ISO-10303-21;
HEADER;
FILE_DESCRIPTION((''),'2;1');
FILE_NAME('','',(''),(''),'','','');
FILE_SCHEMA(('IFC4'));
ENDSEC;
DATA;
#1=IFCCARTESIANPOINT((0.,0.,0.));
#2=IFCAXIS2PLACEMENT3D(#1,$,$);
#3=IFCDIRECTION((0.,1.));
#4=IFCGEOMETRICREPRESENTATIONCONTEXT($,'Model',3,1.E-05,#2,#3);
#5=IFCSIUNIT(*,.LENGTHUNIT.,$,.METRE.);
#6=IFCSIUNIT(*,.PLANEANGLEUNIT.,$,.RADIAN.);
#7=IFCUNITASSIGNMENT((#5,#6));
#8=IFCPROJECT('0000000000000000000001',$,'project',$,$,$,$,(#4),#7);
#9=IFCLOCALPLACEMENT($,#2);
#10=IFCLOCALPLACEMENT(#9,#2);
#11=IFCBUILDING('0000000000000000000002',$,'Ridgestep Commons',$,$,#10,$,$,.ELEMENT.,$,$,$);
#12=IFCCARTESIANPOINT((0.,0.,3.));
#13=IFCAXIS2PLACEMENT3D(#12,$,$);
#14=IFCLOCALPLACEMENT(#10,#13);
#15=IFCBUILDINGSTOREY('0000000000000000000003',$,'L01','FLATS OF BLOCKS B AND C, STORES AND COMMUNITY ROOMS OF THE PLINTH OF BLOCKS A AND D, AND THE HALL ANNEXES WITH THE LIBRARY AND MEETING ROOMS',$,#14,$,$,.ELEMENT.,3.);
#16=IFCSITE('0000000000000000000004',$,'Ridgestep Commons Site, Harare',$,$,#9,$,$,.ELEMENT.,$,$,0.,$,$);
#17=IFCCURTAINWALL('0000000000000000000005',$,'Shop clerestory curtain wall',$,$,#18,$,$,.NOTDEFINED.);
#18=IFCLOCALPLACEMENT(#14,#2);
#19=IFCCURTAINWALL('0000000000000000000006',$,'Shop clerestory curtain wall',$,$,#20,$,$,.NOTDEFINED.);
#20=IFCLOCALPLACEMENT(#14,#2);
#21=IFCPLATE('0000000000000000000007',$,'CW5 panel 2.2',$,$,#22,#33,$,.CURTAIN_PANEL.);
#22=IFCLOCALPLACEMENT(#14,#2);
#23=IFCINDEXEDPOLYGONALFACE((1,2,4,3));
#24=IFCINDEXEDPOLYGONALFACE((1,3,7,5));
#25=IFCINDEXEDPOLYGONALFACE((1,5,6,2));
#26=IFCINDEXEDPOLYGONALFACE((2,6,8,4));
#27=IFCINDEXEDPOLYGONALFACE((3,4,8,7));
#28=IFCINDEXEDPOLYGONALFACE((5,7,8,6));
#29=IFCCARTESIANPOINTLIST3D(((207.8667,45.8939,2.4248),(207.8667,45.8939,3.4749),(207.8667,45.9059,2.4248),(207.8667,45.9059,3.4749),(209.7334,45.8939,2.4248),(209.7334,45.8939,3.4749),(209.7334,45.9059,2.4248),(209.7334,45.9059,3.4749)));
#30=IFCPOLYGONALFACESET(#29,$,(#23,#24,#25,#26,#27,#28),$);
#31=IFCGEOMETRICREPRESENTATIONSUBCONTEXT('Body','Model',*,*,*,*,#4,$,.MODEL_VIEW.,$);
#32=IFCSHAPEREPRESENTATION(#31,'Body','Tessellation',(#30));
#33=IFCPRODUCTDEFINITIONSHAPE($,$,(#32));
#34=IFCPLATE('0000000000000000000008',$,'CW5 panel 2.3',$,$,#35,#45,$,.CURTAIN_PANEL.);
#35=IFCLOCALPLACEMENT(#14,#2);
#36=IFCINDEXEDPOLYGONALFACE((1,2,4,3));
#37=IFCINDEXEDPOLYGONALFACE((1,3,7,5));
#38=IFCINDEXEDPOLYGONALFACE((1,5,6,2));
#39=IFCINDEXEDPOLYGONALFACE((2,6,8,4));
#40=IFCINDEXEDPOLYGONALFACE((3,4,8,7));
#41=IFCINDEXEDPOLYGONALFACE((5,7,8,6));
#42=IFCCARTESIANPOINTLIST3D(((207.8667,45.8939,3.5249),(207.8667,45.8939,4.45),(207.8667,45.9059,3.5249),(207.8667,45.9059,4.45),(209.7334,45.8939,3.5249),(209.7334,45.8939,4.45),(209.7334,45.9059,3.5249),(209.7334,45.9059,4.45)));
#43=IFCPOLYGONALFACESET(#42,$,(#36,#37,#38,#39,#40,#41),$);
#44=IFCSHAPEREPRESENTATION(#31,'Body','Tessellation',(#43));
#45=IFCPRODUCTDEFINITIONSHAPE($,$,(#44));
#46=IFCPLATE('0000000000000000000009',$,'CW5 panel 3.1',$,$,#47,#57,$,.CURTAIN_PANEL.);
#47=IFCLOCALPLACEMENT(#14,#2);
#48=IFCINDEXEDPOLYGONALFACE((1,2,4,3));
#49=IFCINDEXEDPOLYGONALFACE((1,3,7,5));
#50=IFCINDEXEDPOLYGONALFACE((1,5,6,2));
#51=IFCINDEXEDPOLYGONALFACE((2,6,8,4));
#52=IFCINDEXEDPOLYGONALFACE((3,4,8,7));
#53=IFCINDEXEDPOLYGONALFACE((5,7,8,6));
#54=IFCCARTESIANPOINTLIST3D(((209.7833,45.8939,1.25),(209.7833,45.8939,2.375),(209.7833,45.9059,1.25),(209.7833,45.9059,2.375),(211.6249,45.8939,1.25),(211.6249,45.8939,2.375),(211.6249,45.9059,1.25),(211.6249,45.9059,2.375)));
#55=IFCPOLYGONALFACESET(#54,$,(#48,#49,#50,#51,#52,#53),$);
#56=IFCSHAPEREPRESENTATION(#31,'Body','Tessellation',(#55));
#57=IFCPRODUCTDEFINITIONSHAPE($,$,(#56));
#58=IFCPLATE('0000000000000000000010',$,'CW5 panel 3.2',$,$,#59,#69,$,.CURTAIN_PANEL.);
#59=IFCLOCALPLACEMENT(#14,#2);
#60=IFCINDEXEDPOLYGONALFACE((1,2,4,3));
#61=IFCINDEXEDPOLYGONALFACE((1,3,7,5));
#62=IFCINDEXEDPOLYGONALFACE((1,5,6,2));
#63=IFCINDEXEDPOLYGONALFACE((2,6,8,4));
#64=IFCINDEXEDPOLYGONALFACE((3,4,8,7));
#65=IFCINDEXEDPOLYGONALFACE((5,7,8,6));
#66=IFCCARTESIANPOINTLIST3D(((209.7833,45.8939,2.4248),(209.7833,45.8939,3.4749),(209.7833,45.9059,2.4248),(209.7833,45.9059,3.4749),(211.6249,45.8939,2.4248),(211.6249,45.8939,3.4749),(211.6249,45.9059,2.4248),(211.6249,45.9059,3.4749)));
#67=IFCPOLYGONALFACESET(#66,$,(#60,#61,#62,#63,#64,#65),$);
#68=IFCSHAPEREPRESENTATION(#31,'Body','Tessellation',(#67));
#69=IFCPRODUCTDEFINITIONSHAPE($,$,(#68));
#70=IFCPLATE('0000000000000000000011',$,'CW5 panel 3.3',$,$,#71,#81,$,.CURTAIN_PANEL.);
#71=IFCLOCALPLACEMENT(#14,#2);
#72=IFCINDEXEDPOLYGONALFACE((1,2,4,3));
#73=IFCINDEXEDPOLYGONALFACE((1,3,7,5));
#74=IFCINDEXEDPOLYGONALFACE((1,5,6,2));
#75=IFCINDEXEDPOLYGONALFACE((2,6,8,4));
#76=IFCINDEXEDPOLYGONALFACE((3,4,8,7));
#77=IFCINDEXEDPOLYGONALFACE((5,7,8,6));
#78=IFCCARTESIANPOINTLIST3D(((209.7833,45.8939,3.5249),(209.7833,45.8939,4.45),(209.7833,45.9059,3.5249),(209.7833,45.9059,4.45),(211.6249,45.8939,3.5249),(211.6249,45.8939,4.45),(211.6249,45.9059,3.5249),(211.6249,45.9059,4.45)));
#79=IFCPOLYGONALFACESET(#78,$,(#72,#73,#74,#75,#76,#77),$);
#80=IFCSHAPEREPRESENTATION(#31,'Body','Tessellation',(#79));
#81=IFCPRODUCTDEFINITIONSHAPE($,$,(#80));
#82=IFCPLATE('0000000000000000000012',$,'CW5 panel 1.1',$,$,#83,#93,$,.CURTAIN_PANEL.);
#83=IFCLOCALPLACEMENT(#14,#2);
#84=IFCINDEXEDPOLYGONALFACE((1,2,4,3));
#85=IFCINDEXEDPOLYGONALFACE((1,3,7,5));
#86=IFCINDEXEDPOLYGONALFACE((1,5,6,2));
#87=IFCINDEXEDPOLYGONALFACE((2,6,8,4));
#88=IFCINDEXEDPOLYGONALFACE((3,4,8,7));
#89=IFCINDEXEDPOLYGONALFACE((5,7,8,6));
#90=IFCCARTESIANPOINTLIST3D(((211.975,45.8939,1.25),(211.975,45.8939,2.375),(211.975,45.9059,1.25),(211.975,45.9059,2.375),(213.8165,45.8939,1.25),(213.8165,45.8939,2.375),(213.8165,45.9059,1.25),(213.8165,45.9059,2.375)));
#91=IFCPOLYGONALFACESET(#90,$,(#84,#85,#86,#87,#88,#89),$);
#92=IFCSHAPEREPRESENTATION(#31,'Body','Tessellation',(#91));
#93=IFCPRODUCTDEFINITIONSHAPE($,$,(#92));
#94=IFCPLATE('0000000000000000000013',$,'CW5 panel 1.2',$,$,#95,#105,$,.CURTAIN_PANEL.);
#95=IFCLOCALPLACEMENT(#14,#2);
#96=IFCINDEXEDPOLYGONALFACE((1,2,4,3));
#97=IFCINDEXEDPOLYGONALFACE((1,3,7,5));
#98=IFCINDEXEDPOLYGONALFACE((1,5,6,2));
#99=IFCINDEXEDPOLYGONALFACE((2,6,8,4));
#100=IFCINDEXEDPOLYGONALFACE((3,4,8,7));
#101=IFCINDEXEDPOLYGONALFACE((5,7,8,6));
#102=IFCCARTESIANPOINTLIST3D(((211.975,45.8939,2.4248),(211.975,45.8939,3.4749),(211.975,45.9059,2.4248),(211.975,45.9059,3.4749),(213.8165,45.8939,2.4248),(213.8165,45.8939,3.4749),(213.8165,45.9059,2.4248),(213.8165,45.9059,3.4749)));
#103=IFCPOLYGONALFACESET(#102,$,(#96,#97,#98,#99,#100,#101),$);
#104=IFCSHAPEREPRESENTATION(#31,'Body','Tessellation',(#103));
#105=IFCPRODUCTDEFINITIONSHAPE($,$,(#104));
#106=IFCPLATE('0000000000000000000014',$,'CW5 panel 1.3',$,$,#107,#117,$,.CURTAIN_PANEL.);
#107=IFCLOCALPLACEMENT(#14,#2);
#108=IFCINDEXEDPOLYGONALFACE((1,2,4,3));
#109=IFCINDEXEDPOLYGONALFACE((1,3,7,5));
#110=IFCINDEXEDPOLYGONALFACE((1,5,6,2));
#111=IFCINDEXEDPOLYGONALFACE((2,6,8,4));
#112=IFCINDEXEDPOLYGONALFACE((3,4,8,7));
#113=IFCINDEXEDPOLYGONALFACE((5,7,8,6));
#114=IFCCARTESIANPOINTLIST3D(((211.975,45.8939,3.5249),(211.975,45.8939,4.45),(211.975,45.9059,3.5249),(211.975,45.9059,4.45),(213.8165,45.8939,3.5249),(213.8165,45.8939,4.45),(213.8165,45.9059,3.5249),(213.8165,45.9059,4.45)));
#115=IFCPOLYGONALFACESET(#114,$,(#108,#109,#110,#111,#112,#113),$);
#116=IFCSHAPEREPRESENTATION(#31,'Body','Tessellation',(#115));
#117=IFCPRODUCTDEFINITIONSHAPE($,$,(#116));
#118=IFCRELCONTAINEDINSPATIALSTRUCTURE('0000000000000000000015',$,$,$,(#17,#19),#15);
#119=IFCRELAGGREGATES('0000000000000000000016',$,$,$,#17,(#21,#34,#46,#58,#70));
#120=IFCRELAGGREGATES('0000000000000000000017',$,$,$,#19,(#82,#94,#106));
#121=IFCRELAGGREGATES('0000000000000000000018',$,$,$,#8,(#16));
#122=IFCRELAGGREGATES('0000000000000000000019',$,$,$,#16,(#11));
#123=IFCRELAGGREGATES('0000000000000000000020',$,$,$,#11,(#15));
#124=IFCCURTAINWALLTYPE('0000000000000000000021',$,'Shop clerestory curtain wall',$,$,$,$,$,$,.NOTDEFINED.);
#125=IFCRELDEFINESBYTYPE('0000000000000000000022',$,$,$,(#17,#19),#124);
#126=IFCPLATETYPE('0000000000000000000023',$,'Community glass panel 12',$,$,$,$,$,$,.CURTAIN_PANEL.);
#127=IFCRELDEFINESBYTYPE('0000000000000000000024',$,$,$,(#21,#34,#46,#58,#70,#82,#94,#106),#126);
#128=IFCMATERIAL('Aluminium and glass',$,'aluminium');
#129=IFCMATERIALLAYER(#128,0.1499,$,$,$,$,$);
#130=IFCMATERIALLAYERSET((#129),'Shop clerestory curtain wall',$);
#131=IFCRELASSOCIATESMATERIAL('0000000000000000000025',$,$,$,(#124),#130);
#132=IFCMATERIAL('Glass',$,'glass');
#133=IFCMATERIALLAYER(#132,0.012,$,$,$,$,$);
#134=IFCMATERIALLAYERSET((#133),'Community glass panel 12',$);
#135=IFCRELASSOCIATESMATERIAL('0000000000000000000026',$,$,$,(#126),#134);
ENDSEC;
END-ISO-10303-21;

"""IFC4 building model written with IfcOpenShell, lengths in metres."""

from ifc_helpers import new_model, si_unit, direction, frame, origin, origin_2d, place, context, subcontext, project, spatial, rectangle, extrude, material, layer, layer_set, type_object, element, aggregate, save


model = new_model("IFC4")

# Units and contexts
model_context = context("Model", 3, precision=1e-05, world=origin(), true_north=direction((0.0, 1.0)))
body_context = subcontext(model_context, "Body", "Model", "MODEL_VIEW")
ifc_project = project(units=[si_unit("LENGTHUNIT", "METRE"), si_unit("PLANEANGLEUNIT", "RADIAN")], contexts=[model_context])

# Site, building, storey
site_placement = place(None, origin())
site = spatial("IfcSite", under=ifc_project, at=site_placement, Name="Ridgestep Commons Site, Harare", CompositionType="ELEMENT", RefElevation=0.0)
building_placement = place(site_placement, origin())
building = spatial("IfcBuilding", under=site, at=building_placement, Name="Ridgestep Commons", CompositionType="ELEMENT")
storey_placement = place(building_placement, frame((0.0, 0.0, 3.0)))
storey = spatial("IfcBuildingStorey", under=building, at=storey_placement, Name="L01", Description="FLATS OF BLOCKS B AND C, STORES AND COMMUNITY ROOMS OF THE PLINTH OF BLOCKS A AND D, AND THE HALL ANNEXES WITH THE LIBRARY AND MEETING ROOMS", CompositionType="ELEMENT", Elevation=3.0)

# Curtain walls
ifc_material_1 = material(Name="Aluminium and glass", Category="aluminium")
ifc_layer_1 = layer(ifc_material_1, 0.1499)
ifc_layer_set_1 = layer_set([ifc_layer_1], Name="Shop clerestory curtain wall")
curtain_wall_type = type_object("IfcCurtainWallType", Name="Shop clerestory curtain wall", PredefinedType="NOTDEFINED", material=ifc_layer_set_1)
curtain_wall_1_placement = place(storey_placement, origin())
curtain_wall_1 = element("IfcCurtainWall", 1, at=curtain_wall_1_placement, inside=storey, type_object=curtain_wall_type, Name="Shop clerestory curtain wall", PredefinedType="NOTDEFINED")
curtain_wall_2_placement = place(storey_placement, origin())
curtain_wall_2 = element("IfcCurtainWall", 2, at=curtain_wall_2_placement, inside=storey, type_object=curtain_wall_type, Name="Shop clerestory curtain wall", PredefinedType="NOTDEFINED")

# Plates
ifc_material_2 = material(Name="Glass", Category="glass")
ifc_layer_2 = layer(ifc_material_2, 0.012)
ifc_layer_set_2 = layer_set([ifc_layer_2], Name="Community glass panel 12")
plate_type = type_object("IfcPlateType", Name="Community glass panel 12", PredefinedType="CURTAIN_PANEL", material=ifc_layer_set_2)
plate_1_placement = place(storey_placement, frame((208.8, 45.8999, 2.4248), z_axis=(0.0, 0.0, 1.0), x_axis=(1.0, 0.0, 0.0)))
plate_1 = element("IfcPlate", 3, at=plate_1_placement, type_object=plate_type, Name="CW5 panel 2.2", PredefinedType="CURTAIN_PANEL", context=body_context, shape_type="SweptSolid", body=[
    extrude(rectangle(XDim=1.8667, YDim=0.012, at=origin_2d()), origin(), (0.0, 0.0, 1.0), 1.05),
])
plate_2_placement = place(storey_placement, frame((208.8, 45.8999, 3.5249), z_axis=(0.0, 0.0, 1.0), x_axis=(1.0, 0.0, 0.0)))
plate_2 = element("IfcPlate", 4, at=plate_2_placement, type_object=plate_type, Name="CW5 panel 2.3", PredefinedType="CURTAIN_PANEL", context=body_context, shape_type="SweptSolid", body=[
    extrude(rectangle(XDim=1.8667, YDim=0.012, at=origin_2d()), origin(), (0.0, 0.0, 1.0), 0.925),
])
plate_3_placement = place(storey_placement, frame((210.7041, 45.8999, 1.25), z_axis=(0.0, 0.0, 1.0), x_axis=(1.0, 0.0, 0.0)))
plate_3 = element("IfcPlate", 5, at=plate_3_placement, type_object=plate_type, Name="CW5 panel 3.1", PredefinedType="CURTAIN_PANEL", context=body_context, shape_type="SweptSolid", body=[
    extrude(rectangle(XDim=1.8416, YDim=0.012, at=origin_2d()), origin(), (0.0, 0.0, 1.0), 1.125),
])
plate_4_placement = place(storey_placement, frame((210.7041, 45.8999, 2.4248), z_axis=(0.0, 0.0, 1.0), x_axis=(1.0, 0.0, 0.0)))
plate_4 = element("IfcPlate", 6, at=plate_4_placement, type_object=plate_type, Name="CW5 panel 3.2", PredefinedType="CURTAIN_PANEL", context=body_context, shape_type="SweptSolid", body=[
    extrude(rectangle(XDim=1.8416, YDim=0.012, at=origin_2d()), origin(), (0.0, 0.0, 1.0), 1.05),
])
plate_5_placement = place(storey_placement, frame((210.7041, 45.8999, 3.5249), z_axis=(0.0, 0.0, 1.0), x_axis=(1.0, 0.0, 0.0)))
plate_5 = element("IfcPlate", 7, at=plate_5_placement, type_object=plate_type, Name="CW5 panel 3.3", PredefinedType="CURTAIN_PANEL", context=body_context, shape_type="SweptSolid", body=[
    extrude(rectangle(XDim=1.8416, YDim=0.012, at=origin_2d()), origin(), (0.0, 0.0, 1.0), 0.925),
])
aggregate(curtain_wall_1, [plate_1, plate_2, plate_3, plate_4, plate_5])
plate_6_placement = place(storey_placement, frame((212.8958, 45.8999, 1.25), z_axis=(0.0, 0.0, 1.0), x_axis=(1.0, 0.0, 0.0)))
plate_6 = element("IfcPlate", 8, at=plate_6_placement, type_object=plate_type, Name="CW5 panel 1.1", PredefinedType="CURTAIN_PANEL", context=body_context, shape_type="SweptSolid", body=[
    extrude(rectangle(XDim=1.8416, YDim=0.012, at=origin_2d()), origin(), (0.0, 0.0, 1.0), 1.125),
])
plate_7_placement = place(storey_placement, frame((212.8958, 45.8999, 2.4248), z_axis=(0.0, 0.0, 1.0), x_axis=(1.0, 0.0, 0.0)))
plate_7 = element("IfcPlate", 9, at=plate_7_placement, type_object=plate_type, Name="CW5 panel 1.2", PredefinedType="CURTAIN_PANEL", context=body_context, shape_type="SweptSolid", body=[
    extrude(rectangle(XDim=1.8416, YDim=0.012, at=origin_2d()), origin(), (0.0, 0.0, 1.0), 1.05),
])
plate_8_placement = place(storey_placement, frame((212.8958, 45.8999, 3.5249), z_axis=(0.0, 0.0, 1.0), x_axis=(1.0, 0.0, 0.0)))
plate_8 = element("IfcPlate", 10, at=plate_8_placement, type_object=plate_type, Name="CW5 panel 1.3", PredefinedType="CURTAIN_PANEL", context=body_context, shape_type="SweptSolid", body=[
    extrude(rectangle(XDim=1.8416, YDim=0.012, at=origin_2d()), origin(), (0.0, 0.0, 1.0), 0.925),
])
aggregate(curtain_wall_2, [plate_6, plate_7, plate_8])

save(model, "model.ifc")
